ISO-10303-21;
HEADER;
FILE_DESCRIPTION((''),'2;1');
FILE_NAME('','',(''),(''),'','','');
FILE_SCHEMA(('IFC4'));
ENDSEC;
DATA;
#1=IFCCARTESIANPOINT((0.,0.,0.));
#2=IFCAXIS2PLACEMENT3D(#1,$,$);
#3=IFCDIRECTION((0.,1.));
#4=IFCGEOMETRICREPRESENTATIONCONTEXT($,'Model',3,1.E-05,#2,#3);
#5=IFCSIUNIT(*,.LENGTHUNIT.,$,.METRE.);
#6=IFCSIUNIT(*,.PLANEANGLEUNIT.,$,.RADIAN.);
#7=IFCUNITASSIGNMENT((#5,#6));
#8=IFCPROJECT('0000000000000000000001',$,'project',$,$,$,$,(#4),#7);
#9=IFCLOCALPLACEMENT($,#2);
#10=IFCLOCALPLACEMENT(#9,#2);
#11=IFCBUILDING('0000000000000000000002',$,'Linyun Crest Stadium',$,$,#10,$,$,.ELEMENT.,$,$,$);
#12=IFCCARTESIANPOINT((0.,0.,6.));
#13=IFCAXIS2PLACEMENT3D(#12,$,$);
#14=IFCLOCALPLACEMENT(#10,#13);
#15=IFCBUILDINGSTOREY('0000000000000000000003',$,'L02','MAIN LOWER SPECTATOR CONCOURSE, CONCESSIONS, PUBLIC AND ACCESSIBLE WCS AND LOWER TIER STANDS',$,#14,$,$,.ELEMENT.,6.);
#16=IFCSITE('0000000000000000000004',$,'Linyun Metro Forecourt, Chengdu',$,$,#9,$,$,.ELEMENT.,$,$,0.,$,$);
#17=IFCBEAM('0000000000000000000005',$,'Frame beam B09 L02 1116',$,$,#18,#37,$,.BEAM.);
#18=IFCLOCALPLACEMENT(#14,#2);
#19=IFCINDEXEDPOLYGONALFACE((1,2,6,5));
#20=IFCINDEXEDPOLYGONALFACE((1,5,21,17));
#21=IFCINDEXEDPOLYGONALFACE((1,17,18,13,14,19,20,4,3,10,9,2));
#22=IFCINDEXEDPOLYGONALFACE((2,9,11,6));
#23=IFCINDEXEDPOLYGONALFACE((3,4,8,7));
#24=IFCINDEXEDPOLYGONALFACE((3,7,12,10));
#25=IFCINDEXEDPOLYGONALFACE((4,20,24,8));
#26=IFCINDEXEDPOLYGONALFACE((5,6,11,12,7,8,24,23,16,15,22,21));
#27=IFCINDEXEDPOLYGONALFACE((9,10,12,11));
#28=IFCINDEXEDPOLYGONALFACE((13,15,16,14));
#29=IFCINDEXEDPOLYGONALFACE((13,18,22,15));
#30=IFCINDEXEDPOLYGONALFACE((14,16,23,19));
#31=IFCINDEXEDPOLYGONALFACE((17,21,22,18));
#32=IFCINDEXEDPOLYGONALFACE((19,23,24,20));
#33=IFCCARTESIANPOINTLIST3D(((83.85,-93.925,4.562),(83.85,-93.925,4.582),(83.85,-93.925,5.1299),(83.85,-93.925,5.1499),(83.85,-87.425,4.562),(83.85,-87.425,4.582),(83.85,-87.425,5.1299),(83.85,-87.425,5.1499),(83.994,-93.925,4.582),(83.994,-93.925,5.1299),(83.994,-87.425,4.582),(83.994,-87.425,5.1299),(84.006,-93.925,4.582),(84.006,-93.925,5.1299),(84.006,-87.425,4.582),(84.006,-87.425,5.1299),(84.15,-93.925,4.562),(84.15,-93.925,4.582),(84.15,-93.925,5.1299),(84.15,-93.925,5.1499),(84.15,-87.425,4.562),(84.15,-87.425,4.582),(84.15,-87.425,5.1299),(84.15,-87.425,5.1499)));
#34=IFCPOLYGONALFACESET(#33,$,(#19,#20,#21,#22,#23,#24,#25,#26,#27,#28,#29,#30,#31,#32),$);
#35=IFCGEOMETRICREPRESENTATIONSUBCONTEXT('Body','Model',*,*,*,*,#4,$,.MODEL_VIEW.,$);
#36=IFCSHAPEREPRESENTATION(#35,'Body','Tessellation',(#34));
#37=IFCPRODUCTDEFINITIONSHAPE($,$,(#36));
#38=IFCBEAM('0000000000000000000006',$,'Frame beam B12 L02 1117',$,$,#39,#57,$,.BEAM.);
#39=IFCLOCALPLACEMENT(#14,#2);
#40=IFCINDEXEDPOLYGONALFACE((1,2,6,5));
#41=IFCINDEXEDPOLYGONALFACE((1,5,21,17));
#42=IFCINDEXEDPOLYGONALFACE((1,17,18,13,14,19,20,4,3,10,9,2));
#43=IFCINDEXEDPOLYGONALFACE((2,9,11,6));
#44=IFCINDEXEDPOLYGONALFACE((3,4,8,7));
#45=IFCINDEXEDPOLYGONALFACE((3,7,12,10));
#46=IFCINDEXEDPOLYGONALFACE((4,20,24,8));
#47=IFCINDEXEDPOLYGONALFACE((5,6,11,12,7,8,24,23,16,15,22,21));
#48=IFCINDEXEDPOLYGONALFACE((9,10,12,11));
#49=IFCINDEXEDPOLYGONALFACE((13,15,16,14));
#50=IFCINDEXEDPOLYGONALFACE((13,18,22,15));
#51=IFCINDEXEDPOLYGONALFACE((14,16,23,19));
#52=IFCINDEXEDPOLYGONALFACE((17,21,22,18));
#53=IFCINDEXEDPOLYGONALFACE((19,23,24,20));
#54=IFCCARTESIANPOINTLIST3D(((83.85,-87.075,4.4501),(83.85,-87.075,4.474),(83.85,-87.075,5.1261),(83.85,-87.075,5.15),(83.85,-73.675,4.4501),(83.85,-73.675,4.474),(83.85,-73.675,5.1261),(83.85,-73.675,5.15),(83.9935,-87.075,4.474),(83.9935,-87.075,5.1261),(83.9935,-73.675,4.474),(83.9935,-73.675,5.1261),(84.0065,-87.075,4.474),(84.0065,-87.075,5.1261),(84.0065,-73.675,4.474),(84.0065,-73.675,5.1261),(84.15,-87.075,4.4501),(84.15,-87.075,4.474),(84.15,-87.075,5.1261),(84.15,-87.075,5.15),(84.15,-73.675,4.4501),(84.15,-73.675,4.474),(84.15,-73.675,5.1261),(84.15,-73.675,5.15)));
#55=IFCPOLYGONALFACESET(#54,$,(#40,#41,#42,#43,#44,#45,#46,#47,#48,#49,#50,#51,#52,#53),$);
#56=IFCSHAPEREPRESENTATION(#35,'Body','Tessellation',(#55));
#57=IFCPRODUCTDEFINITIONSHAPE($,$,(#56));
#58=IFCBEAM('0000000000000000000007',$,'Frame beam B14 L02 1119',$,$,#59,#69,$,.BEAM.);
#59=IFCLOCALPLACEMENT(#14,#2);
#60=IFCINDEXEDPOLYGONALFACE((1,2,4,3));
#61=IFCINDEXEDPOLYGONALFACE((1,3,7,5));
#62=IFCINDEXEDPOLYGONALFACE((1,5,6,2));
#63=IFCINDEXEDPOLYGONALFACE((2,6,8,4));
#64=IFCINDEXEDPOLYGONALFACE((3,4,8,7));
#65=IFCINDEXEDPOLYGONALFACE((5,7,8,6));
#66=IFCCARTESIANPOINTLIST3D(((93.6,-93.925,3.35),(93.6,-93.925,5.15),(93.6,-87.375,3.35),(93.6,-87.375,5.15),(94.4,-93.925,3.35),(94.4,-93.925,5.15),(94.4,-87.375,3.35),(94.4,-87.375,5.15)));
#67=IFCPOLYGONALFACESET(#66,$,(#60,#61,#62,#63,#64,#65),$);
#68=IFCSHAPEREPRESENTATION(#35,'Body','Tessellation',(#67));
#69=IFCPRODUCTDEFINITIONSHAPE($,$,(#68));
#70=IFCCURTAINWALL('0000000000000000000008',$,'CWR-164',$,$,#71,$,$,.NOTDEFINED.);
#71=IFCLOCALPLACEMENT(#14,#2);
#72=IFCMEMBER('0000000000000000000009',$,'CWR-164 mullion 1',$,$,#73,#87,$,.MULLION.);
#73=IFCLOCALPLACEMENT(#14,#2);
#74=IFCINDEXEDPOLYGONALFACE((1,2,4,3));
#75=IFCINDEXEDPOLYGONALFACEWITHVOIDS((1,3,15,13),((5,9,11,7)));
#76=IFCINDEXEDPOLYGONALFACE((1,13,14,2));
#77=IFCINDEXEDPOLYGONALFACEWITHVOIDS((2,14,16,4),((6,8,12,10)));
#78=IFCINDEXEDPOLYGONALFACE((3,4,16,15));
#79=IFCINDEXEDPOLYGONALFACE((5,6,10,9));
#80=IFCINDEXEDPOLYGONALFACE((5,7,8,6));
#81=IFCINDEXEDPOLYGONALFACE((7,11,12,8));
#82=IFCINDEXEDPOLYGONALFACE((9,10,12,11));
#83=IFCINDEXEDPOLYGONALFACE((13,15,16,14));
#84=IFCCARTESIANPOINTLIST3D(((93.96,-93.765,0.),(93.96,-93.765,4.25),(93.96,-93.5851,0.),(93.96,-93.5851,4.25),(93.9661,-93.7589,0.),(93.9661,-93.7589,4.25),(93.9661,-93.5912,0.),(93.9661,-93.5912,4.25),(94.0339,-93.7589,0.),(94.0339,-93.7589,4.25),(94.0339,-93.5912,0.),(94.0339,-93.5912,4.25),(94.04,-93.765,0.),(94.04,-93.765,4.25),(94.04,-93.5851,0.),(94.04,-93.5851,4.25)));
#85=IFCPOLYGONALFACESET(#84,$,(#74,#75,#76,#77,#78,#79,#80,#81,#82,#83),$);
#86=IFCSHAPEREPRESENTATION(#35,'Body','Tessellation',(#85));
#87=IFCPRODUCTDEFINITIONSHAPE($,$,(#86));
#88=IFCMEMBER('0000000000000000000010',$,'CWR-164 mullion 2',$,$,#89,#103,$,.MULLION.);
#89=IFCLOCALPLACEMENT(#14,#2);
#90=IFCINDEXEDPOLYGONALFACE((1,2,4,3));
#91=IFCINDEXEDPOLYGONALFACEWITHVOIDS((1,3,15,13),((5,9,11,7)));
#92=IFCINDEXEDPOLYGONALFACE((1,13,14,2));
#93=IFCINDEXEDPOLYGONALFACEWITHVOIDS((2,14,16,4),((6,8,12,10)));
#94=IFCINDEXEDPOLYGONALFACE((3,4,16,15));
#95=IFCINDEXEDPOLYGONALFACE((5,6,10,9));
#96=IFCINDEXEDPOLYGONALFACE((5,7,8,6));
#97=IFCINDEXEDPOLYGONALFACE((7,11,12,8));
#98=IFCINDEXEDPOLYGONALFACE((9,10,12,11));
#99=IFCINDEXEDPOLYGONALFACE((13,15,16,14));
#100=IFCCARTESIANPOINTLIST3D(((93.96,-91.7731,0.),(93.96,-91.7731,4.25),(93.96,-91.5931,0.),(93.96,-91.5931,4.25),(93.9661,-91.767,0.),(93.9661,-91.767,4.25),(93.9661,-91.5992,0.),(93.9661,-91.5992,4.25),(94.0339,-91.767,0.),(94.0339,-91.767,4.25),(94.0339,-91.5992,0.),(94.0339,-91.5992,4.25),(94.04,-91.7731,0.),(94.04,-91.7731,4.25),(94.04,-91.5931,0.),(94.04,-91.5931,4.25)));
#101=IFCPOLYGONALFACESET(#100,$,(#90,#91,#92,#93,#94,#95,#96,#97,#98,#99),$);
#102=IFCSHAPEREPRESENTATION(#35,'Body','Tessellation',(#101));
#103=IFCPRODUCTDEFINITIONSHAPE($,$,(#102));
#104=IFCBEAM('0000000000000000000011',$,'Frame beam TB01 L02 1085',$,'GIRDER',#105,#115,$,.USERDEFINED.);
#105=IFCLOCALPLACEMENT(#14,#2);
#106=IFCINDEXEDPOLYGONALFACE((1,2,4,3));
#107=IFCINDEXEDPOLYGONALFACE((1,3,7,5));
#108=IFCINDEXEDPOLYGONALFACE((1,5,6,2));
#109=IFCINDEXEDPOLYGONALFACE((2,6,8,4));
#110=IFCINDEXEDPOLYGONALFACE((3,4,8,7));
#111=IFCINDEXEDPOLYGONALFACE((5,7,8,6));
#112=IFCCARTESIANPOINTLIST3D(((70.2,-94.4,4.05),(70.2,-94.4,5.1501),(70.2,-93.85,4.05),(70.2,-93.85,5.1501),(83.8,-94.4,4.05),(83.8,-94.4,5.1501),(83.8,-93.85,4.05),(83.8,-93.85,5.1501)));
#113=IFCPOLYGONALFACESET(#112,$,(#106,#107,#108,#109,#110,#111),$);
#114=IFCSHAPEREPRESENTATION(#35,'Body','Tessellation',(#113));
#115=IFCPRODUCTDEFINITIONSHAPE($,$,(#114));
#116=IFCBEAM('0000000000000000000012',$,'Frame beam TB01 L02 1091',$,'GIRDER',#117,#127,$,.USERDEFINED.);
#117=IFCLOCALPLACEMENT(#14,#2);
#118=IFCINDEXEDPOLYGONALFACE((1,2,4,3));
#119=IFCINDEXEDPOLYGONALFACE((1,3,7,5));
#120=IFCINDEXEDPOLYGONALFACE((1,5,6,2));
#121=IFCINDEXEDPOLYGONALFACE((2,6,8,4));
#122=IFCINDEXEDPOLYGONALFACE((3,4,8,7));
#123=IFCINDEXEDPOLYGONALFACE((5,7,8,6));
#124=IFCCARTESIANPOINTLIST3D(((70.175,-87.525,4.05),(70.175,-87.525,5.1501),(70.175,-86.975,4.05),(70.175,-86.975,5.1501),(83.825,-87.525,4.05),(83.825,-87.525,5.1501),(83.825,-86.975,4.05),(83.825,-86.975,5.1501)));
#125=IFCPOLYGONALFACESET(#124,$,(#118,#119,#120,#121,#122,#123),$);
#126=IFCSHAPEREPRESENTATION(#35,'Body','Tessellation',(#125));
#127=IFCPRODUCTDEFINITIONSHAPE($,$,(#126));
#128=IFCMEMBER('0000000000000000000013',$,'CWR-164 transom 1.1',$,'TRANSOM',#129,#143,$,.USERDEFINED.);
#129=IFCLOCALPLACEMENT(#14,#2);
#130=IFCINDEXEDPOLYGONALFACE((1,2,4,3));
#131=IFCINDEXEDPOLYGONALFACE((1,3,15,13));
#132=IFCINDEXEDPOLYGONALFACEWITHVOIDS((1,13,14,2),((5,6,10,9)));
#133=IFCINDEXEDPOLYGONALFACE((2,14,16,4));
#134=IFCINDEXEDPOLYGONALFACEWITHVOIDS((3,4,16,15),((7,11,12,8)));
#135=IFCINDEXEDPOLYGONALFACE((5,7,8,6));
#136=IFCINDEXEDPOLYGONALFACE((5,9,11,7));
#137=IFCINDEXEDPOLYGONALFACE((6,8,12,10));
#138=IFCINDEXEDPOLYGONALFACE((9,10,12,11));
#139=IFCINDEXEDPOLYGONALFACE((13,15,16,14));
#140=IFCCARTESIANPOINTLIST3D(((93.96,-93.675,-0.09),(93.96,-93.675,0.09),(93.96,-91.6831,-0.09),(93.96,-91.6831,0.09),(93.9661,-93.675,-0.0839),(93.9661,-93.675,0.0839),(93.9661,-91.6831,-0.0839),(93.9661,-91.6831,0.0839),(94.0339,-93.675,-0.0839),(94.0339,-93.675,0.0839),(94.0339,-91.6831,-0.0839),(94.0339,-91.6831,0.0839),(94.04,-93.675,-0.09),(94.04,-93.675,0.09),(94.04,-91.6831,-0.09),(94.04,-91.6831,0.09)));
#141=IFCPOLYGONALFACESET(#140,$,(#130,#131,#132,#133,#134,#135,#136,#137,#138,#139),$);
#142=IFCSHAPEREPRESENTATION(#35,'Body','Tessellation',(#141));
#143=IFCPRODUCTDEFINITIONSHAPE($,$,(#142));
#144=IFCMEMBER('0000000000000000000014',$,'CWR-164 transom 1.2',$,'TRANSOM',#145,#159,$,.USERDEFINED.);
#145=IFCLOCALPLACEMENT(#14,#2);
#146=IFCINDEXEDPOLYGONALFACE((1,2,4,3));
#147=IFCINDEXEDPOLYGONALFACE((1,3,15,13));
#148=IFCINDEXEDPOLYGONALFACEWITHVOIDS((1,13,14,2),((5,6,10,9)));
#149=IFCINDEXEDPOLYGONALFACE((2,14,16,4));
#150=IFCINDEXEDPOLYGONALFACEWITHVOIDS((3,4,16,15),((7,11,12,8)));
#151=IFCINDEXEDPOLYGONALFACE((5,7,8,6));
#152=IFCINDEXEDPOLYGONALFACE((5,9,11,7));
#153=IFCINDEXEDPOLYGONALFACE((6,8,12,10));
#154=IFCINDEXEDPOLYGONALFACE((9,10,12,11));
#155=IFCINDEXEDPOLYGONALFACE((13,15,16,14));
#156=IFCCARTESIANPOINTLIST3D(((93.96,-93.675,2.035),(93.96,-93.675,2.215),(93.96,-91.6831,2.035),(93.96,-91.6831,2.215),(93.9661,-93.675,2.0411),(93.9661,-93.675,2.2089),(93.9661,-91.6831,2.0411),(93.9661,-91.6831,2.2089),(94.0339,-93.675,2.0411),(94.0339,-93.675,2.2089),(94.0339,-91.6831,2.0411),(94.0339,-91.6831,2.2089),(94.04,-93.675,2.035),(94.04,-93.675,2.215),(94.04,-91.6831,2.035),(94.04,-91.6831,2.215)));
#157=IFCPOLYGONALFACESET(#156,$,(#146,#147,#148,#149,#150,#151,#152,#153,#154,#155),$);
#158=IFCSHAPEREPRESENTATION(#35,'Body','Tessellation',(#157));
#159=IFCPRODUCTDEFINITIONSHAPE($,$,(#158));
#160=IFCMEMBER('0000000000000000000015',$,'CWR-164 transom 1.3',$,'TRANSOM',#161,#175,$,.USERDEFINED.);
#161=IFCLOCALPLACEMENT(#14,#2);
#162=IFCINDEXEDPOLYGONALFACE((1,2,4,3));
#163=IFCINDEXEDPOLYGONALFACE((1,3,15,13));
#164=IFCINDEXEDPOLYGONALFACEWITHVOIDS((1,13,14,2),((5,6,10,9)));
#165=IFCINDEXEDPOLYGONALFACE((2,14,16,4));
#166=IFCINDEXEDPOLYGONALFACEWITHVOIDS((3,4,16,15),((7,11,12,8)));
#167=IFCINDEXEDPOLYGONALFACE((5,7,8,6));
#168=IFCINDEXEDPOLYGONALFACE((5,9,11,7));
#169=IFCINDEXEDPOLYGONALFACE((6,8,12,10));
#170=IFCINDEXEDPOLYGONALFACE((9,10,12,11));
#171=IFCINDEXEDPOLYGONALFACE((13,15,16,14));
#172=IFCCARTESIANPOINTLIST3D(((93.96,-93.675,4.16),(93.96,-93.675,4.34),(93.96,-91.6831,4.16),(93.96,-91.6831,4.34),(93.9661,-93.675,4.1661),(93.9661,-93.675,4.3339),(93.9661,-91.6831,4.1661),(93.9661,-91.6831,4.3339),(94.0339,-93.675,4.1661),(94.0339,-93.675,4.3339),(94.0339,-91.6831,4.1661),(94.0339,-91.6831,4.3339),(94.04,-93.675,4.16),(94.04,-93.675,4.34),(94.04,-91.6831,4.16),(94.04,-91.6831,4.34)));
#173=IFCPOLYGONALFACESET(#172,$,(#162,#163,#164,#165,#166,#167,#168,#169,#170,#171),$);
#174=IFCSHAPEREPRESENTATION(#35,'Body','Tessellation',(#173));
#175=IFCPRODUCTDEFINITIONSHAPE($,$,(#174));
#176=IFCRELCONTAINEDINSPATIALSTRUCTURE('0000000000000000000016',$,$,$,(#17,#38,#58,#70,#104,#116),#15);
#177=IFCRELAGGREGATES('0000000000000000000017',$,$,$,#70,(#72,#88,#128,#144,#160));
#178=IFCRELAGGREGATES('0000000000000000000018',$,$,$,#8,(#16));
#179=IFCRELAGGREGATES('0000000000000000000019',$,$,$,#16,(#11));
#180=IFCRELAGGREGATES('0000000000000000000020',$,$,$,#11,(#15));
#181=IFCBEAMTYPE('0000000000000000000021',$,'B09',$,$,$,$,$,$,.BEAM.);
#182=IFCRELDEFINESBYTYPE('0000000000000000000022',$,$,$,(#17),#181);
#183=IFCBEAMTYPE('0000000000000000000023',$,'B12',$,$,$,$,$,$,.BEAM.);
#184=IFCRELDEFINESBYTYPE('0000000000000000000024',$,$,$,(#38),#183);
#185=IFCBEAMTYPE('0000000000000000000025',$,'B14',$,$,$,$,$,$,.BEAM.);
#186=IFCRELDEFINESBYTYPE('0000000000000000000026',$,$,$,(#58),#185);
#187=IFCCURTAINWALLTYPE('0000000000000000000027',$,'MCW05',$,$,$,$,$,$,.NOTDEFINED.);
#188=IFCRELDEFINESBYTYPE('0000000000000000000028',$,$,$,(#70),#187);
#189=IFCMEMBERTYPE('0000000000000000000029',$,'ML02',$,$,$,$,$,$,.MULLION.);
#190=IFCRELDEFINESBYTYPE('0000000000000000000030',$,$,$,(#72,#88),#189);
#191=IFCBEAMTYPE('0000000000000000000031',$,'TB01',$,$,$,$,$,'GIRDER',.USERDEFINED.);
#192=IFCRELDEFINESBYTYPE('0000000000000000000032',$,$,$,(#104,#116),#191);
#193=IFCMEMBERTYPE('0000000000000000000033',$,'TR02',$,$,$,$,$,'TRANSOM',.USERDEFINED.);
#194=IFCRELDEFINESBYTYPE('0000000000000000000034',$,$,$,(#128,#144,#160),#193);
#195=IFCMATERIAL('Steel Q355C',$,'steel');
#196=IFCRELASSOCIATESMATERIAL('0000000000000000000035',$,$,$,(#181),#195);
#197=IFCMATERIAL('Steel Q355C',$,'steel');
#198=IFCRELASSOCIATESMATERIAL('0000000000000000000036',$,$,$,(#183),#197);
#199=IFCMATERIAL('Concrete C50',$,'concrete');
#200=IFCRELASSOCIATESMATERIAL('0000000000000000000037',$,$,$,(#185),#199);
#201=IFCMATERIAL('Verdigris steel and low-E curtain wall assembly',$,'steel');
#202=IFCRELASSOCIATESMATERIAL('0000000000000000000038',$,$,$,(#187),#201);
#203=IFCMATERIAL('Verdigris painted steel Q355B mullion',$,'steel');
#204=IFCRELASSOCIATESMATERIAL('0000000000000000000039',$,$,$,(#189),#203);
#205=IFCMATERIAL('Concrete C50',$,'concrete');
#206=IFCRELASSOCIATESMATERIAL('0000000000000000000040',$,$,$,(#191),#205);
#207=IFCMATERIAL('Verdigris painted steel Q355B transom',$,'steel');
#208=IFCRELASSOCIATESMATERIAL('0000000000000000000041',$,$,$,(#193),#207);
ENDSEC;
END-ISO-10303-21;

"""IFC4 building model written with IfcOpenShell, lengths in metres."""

from ifc_helpers import new_model, si_unit, direction, frame, origin, origin_2d, place, context, subcontext, project, spatial, rectangle, hollow_rectangle, i_section, extrude, material, material_profile, profile_set, type_object, element, aggregate, save


model = new_model("IFC4")

# Units and contexts
model_context = context("Model", 3, precision=1e-05, world=origin(), true_north=direction((0.0, 1.0)))
body_context = subcontext(model_context, "Body", "Model", "MODEL_VIEW")
ifc_project = project(units=[si_unit("LENGTHUNIT", "METRE"), si_unit("PLANEANGLEUNIT", "RADIAN")], contexts=[model_context])

# Site, building, storey
site_placement = place(None, origin())
site = spatial("IfcSite", under=ifc_project, at=site_placement, Name="Linyun Metro Forecourt, Chengdu", CompositionType="ELEMENT", RefElevation=0.0)
building_placement = place(site_placement, origin())
building = spatial("IfcBuilding", under=site, at=building_placement, Name="Linyun Crest Stadium", CompositionType="ELEMENT")
storey_placement = place(building_placement, frame((0.0, 0.0, 6.0)))
storey = spatial("IfcBuildingStorey", under=building, at=storey_placement, Name="L02", Description="MAIN LOWER SPECTATOR CONCOURSE, CONCESSIONS, PUBLIC AND ACCESSIBLE WCS AND LOWER TIER STANDS", CompositionType="ELEMENT", Elevation=6.0)

# Beams
ifc_material_1 = material(Name="Steel Q355C", Category="steel")
ifc_material_profile_1 = material_profile(ifc_material_1, i_section(OverallWidth=0.3, OverallDepth=0.5879, WebThickness=0.012, FlangeThickness=0.02, at=origin_2d()), Name="HM 588x300")
ifc_profile_set_1 = profile_set([ifc_material_profile_1], Name="Steel Q355C")
beam_type_1 = type_object("IfcBeamType", Name="B09", PredefinedType="BEAM", material=ifc_profile_set_1)
beam_1_placement = place(storey_placement, frame((84.0, -93.925, 4.856), z_axis=(0.0, 1.0, 0.0), x_axis=(-1.0, 0.0, 0.0)))
element("IfcBeam", 1, at=beam_1_placement, inside=storey, type_object=beam_type_1, Name="Frame beam B09 L02 1116", PredefinedType="BEAM", context=body_context, shape_type="SweptSolid", body=[
    extrude(i_section(OverallWidth=0.3, OverallDepth=0.5879, WebThickness=0.012, FlangeThickness=0.02, at=origin_2d()), origin(), (0.0, 0.0, 1.0), 6.5),
])
ifc_material_2 = material(Name="Steel Q355C", Category="steel")
ifc_material_profile_2 = material_profile(ifc_material_2, i_section(OverallWidth=0.3, OverallDepth=0.7, WebThickness=0.0129, FlangeThickness=0.0239, at=origin_2d()), Name="HN 700x300")
ifc_profile_set_2 = profile_set([ifc_material_profile_2], Name="Steel Q355C")
beam_type_2 = type_object("IfcBeamType", Name="B12", PredefinedType="BEAM", material=ifc_profile_set_2)
beam_2_placement = place(storey_placement, frame((84.0, -87.075, 4.8), z_axis=(0.0, 1.0, 0.0), x_axis=(-1.0, 0.0, 0.0)))
element("IfcBeam", 2, at=beam_2_placement, inside=storey, type_object=beam_type_2, Name="Frame beam B12 L02 1117", PredefinedType="BEAM", context=body_context, shape_type="SweptSolid", body=[
    extrude(i_section(OverallWidth=0.3, OverallDepth=0.7, WebThickness=0.0129, FlangeThickness=0.0239, at=origin_2d()), origin(), (0.0, 0.0, 1.0), 13.3999),
])
ifc_material_3 = material(Name="Concrete C50", Category="concrete")
ifc_material_profile_3 = material_profile(ifc_material_3, rectangle(XDim=0.8, YDim=1.8, at=origin_2d()), Name="RCB 1800x800")
ifc_profile_set_3 = profile_set([ifc_material_profile_3], Name="Concrete C50")
beam_type_3 = type_object("IfcBeamType", Name="B14", PredefinedType="BEAM", material=ifc_profile_set_3)
beam_3_placement = place(storey_placement, frame((94.0, -93.925, 4.25), z_axis=(0.0, 1.0, 0.0), x_axis=(-1.0, 0.0, 0.0)))
element("IfcBeam", 3, at=beam_3_placement, inside=storey, type_object=beam_type_3, Name="Frame beam B14 L02 1119", PredefinedType="BEAM", context=body_context, shape_type="SweptSolid", body=[
    extrude(rectangle(XDim=0.8, YDim=1.8, at=origin_2d()), origin(), (0.0, 0.0, 1.0), 6.55),
])

# Curtain wall, members
ifc_material_4 = material(Name="Verdigris steel and low-E curtain wall assembly", Category="steel")
curtain_wall_type = type_object("IfcCurtainWallType", Name="MCW05", PredefinedType="NOTDEFINED", material=ifc_material_4)
curtain_wall_placement = place(storey_placement, origin())
curtain_wall = element("IfcCurtainWall", 4, at=curtain_wall_placement, inside=storey, type_object=curtain_wall_type, Name="CWR-164", PredefinedType="NOTDEFINED")
ifc_material_5 = material(Name="Verdigris painted steel Q355B mullion", Category="steel")
ifc_material_profile_4 = material_profile(ifc_material_5, hollow_rectangle(XDim=0.0801, YDim=0.1799, WallThickness=0.0061, at=origin_2d()), Name="RHS 180x80x6")
ifc_profile_set_4 = profile_set([ifc_material_profile_4], Name="Verdigris painted steel Q355B mullion")
member_type_1 = type_object("IfcMemberType", Name="ML02", PredefinedType="MULLION", material=ifc_profile_set_4)
member_1_placement = place(storey_placement, frame((94.0, -93.675, 0.0), z_axis=(0.0, 0.0, 1.0), x_axis=(-1.0, 0.0, 0.0)))
member_1 = element("IfcMember", 5, at=member_1_placement, type_object=member_type_1, Name="CWR-164 mullion 1", PredefinedType="MULLION", context=body_context, shape_type="SweptSolid", body=[
    extrude(hollow_rectangle(XDim=0.0801, YDim=0.1799, WallThickness=0.0061, at=origin_2d()), origin(), (0.0, 0.0, 1.0), 4.25),
])
member_2_placement = place(storey_placement, frame((94.0, -91.6831, 0.0), z_axis=(0.0, 0.0, 1.0), x_axis=(-1.0, 0.0, 0.0)))
member_2 = element("IfcMember", 6, at=member_2_placement, type_object=member_type_1, Name="CWR-164 mullion 2", PredefinedType="MULLION", context=body_context, shape_type="SweptSolid", body=[
    extrude(hollow_rectangle(XDim=0.0801, YDim=0.1799, WallThickness=0.0061, at=origin_2d()), origin(), (0.0, 0.0, 1.0), 4.25),
])

# Beams
ifc_material_6 = material(Name="Concrete C50", Category="concrete")
ifc_material_profile_5 = material_profile(ifc_material_6, rectangle(XDim=0.55, YDim=1.1001, at=origin_2d()), Name="RCB 1100x550")
ifc_profile_set_5 = profile_set([ifc_material_profile_5], Name="Concrete C50")
beam_type_4 = type_object("IfcBeamType", Name="TB01", ElementType="GIRDER", PredefinedType="USERDEFINED", material=ifc_profile_set_5)
beam_4_placement = place(storey_placement, frame((70.2, -94.125, 4.6001), z_axis=(1.0, 0.0, 0.0), x_axis=(0.0, 1.0, 0.0)))
element("IfcBeam", 7, at=beam_4_placement, inside=storey, type_object=beam_type_4, Name="Frame beam TB01 L02 1085", ObjectType="GIRDER", PredefinedType="USERDEFINED", context=body_context, shape_type="SweptSolid", body=[
    extrude(rectangle(XDim=0.55, YDim=1.1001, at=origin_2d()), origin(), (0.0, 0.0, 1.0), 13.6001),
])
beam_5_placement = place(storey_placement, frame((70.175, -87.25, 4.6001), z_axis=(1.0, 0.0, 0.0), x_axis=(0.0, 1.0, 0.0)))
element("IfcBeam", 8, at=beam_5_placement, inside=storey, type_object=beam_type_4, Name="Frame beam TB01 L02 1091", ObjectType="GIRDER", PredefinedType="USERDEFINED", context=body_context, shape_type="SweptSolid", body=[
    extrude(rectangle(XDim=0.55, YDim=1.1001, at=origin_2d()), origin(), (0.0, 0.0, 1.0), 13.6499),
])

# Members
ifc_material_7 = material(Name="Verdigris painted steel Q355B transom", Category="steel")
ifc_material_profile_6 = material_profile(ifc_material_7, hollow_rectangle(XDim=0.0801, YDim=0.1799, WallThickness=0.0061, at=origin_2d()), Name="RHS 180x80x6")
ifc_profile_set_6 = profile_set([ifc_material_profile_6], Name="Verdigris painted steel Q355B transom")
member_type_2 = type_object("IfcMemberType", Name="TR02", ElementType="TRANSOM", PredefinedType="USERDEFINED", material=ifc_profile_set_6)
member_3_placement = place(storey_placement, frame((94.0, -93.675, 0.0), z_axis=(0.0, 1.0, 0.0), x_axis=(-1.0, 0.0, 0.0)))
member_3 = element("IfcMember", 9, at=member_3_placement, type_object=member_type_2, Name="CWR-164 transom 1.1", ObjectType="TRANSOM", PredefinedType="USERDEFINED", context=body_context, shape_type="SweptSolid", body=[
    extrude(hollow_rectangle(XDim=0.0801, YDim=0.1799, WallThickness=0.0061, at=origin_2d()), origin(), (0.0, 0.0, 1.0), 1.9919),
])
member_4_placement = place(storey_placement, frame((94.0, -93.675, 2.125), z_axis=(0.0, 1.0, 0.0), x_axis=(-1.0, 0.0, 0.0)))
member_4 = element("IfcMember", 10, at=member_4_placement, type_object=member_type_2, Name="CWR-164 transom 1.2", ObjectType="TRANSOM", PredefinedType="USERDEFINED", context=body_context, shape_type="SweptSolid", body=[
    extrude(hollow_rectangle(XDim=0.0801, YDim=0.1799, WallThickness=0.0061, at=origin_2d()), origin(), (0.0, 0.0, 1.0), 1.9919),
])
member_5_placement = place(storey_placement, frame((94.0, -93.675, 4.25), z_axis=(0.0, 1.0, 0.0), x_axis=(-1.0, 0.0, 0.0)))
member_5 = element("IfcMember", 11, at=member_5_placement, type_object=member_type_2, Name="CWR-164 transom 1.3", ObjectType="TRANSOM", PredefinedType="USERDEFINED", context=body_context, shape_type="SweptSolid", body=[
    extrude(hollow_rectangle(XDim=0.0801, YDim=0.1799, WallThickness=0.0061, at=origin_2d()), origin(), (0.0, 0.0, 1.0), 1.9919),
])

aggregate(curtain_wall, [member_1, member_2, member_3, member_4, member_5])

save(model, "model.ifc")
